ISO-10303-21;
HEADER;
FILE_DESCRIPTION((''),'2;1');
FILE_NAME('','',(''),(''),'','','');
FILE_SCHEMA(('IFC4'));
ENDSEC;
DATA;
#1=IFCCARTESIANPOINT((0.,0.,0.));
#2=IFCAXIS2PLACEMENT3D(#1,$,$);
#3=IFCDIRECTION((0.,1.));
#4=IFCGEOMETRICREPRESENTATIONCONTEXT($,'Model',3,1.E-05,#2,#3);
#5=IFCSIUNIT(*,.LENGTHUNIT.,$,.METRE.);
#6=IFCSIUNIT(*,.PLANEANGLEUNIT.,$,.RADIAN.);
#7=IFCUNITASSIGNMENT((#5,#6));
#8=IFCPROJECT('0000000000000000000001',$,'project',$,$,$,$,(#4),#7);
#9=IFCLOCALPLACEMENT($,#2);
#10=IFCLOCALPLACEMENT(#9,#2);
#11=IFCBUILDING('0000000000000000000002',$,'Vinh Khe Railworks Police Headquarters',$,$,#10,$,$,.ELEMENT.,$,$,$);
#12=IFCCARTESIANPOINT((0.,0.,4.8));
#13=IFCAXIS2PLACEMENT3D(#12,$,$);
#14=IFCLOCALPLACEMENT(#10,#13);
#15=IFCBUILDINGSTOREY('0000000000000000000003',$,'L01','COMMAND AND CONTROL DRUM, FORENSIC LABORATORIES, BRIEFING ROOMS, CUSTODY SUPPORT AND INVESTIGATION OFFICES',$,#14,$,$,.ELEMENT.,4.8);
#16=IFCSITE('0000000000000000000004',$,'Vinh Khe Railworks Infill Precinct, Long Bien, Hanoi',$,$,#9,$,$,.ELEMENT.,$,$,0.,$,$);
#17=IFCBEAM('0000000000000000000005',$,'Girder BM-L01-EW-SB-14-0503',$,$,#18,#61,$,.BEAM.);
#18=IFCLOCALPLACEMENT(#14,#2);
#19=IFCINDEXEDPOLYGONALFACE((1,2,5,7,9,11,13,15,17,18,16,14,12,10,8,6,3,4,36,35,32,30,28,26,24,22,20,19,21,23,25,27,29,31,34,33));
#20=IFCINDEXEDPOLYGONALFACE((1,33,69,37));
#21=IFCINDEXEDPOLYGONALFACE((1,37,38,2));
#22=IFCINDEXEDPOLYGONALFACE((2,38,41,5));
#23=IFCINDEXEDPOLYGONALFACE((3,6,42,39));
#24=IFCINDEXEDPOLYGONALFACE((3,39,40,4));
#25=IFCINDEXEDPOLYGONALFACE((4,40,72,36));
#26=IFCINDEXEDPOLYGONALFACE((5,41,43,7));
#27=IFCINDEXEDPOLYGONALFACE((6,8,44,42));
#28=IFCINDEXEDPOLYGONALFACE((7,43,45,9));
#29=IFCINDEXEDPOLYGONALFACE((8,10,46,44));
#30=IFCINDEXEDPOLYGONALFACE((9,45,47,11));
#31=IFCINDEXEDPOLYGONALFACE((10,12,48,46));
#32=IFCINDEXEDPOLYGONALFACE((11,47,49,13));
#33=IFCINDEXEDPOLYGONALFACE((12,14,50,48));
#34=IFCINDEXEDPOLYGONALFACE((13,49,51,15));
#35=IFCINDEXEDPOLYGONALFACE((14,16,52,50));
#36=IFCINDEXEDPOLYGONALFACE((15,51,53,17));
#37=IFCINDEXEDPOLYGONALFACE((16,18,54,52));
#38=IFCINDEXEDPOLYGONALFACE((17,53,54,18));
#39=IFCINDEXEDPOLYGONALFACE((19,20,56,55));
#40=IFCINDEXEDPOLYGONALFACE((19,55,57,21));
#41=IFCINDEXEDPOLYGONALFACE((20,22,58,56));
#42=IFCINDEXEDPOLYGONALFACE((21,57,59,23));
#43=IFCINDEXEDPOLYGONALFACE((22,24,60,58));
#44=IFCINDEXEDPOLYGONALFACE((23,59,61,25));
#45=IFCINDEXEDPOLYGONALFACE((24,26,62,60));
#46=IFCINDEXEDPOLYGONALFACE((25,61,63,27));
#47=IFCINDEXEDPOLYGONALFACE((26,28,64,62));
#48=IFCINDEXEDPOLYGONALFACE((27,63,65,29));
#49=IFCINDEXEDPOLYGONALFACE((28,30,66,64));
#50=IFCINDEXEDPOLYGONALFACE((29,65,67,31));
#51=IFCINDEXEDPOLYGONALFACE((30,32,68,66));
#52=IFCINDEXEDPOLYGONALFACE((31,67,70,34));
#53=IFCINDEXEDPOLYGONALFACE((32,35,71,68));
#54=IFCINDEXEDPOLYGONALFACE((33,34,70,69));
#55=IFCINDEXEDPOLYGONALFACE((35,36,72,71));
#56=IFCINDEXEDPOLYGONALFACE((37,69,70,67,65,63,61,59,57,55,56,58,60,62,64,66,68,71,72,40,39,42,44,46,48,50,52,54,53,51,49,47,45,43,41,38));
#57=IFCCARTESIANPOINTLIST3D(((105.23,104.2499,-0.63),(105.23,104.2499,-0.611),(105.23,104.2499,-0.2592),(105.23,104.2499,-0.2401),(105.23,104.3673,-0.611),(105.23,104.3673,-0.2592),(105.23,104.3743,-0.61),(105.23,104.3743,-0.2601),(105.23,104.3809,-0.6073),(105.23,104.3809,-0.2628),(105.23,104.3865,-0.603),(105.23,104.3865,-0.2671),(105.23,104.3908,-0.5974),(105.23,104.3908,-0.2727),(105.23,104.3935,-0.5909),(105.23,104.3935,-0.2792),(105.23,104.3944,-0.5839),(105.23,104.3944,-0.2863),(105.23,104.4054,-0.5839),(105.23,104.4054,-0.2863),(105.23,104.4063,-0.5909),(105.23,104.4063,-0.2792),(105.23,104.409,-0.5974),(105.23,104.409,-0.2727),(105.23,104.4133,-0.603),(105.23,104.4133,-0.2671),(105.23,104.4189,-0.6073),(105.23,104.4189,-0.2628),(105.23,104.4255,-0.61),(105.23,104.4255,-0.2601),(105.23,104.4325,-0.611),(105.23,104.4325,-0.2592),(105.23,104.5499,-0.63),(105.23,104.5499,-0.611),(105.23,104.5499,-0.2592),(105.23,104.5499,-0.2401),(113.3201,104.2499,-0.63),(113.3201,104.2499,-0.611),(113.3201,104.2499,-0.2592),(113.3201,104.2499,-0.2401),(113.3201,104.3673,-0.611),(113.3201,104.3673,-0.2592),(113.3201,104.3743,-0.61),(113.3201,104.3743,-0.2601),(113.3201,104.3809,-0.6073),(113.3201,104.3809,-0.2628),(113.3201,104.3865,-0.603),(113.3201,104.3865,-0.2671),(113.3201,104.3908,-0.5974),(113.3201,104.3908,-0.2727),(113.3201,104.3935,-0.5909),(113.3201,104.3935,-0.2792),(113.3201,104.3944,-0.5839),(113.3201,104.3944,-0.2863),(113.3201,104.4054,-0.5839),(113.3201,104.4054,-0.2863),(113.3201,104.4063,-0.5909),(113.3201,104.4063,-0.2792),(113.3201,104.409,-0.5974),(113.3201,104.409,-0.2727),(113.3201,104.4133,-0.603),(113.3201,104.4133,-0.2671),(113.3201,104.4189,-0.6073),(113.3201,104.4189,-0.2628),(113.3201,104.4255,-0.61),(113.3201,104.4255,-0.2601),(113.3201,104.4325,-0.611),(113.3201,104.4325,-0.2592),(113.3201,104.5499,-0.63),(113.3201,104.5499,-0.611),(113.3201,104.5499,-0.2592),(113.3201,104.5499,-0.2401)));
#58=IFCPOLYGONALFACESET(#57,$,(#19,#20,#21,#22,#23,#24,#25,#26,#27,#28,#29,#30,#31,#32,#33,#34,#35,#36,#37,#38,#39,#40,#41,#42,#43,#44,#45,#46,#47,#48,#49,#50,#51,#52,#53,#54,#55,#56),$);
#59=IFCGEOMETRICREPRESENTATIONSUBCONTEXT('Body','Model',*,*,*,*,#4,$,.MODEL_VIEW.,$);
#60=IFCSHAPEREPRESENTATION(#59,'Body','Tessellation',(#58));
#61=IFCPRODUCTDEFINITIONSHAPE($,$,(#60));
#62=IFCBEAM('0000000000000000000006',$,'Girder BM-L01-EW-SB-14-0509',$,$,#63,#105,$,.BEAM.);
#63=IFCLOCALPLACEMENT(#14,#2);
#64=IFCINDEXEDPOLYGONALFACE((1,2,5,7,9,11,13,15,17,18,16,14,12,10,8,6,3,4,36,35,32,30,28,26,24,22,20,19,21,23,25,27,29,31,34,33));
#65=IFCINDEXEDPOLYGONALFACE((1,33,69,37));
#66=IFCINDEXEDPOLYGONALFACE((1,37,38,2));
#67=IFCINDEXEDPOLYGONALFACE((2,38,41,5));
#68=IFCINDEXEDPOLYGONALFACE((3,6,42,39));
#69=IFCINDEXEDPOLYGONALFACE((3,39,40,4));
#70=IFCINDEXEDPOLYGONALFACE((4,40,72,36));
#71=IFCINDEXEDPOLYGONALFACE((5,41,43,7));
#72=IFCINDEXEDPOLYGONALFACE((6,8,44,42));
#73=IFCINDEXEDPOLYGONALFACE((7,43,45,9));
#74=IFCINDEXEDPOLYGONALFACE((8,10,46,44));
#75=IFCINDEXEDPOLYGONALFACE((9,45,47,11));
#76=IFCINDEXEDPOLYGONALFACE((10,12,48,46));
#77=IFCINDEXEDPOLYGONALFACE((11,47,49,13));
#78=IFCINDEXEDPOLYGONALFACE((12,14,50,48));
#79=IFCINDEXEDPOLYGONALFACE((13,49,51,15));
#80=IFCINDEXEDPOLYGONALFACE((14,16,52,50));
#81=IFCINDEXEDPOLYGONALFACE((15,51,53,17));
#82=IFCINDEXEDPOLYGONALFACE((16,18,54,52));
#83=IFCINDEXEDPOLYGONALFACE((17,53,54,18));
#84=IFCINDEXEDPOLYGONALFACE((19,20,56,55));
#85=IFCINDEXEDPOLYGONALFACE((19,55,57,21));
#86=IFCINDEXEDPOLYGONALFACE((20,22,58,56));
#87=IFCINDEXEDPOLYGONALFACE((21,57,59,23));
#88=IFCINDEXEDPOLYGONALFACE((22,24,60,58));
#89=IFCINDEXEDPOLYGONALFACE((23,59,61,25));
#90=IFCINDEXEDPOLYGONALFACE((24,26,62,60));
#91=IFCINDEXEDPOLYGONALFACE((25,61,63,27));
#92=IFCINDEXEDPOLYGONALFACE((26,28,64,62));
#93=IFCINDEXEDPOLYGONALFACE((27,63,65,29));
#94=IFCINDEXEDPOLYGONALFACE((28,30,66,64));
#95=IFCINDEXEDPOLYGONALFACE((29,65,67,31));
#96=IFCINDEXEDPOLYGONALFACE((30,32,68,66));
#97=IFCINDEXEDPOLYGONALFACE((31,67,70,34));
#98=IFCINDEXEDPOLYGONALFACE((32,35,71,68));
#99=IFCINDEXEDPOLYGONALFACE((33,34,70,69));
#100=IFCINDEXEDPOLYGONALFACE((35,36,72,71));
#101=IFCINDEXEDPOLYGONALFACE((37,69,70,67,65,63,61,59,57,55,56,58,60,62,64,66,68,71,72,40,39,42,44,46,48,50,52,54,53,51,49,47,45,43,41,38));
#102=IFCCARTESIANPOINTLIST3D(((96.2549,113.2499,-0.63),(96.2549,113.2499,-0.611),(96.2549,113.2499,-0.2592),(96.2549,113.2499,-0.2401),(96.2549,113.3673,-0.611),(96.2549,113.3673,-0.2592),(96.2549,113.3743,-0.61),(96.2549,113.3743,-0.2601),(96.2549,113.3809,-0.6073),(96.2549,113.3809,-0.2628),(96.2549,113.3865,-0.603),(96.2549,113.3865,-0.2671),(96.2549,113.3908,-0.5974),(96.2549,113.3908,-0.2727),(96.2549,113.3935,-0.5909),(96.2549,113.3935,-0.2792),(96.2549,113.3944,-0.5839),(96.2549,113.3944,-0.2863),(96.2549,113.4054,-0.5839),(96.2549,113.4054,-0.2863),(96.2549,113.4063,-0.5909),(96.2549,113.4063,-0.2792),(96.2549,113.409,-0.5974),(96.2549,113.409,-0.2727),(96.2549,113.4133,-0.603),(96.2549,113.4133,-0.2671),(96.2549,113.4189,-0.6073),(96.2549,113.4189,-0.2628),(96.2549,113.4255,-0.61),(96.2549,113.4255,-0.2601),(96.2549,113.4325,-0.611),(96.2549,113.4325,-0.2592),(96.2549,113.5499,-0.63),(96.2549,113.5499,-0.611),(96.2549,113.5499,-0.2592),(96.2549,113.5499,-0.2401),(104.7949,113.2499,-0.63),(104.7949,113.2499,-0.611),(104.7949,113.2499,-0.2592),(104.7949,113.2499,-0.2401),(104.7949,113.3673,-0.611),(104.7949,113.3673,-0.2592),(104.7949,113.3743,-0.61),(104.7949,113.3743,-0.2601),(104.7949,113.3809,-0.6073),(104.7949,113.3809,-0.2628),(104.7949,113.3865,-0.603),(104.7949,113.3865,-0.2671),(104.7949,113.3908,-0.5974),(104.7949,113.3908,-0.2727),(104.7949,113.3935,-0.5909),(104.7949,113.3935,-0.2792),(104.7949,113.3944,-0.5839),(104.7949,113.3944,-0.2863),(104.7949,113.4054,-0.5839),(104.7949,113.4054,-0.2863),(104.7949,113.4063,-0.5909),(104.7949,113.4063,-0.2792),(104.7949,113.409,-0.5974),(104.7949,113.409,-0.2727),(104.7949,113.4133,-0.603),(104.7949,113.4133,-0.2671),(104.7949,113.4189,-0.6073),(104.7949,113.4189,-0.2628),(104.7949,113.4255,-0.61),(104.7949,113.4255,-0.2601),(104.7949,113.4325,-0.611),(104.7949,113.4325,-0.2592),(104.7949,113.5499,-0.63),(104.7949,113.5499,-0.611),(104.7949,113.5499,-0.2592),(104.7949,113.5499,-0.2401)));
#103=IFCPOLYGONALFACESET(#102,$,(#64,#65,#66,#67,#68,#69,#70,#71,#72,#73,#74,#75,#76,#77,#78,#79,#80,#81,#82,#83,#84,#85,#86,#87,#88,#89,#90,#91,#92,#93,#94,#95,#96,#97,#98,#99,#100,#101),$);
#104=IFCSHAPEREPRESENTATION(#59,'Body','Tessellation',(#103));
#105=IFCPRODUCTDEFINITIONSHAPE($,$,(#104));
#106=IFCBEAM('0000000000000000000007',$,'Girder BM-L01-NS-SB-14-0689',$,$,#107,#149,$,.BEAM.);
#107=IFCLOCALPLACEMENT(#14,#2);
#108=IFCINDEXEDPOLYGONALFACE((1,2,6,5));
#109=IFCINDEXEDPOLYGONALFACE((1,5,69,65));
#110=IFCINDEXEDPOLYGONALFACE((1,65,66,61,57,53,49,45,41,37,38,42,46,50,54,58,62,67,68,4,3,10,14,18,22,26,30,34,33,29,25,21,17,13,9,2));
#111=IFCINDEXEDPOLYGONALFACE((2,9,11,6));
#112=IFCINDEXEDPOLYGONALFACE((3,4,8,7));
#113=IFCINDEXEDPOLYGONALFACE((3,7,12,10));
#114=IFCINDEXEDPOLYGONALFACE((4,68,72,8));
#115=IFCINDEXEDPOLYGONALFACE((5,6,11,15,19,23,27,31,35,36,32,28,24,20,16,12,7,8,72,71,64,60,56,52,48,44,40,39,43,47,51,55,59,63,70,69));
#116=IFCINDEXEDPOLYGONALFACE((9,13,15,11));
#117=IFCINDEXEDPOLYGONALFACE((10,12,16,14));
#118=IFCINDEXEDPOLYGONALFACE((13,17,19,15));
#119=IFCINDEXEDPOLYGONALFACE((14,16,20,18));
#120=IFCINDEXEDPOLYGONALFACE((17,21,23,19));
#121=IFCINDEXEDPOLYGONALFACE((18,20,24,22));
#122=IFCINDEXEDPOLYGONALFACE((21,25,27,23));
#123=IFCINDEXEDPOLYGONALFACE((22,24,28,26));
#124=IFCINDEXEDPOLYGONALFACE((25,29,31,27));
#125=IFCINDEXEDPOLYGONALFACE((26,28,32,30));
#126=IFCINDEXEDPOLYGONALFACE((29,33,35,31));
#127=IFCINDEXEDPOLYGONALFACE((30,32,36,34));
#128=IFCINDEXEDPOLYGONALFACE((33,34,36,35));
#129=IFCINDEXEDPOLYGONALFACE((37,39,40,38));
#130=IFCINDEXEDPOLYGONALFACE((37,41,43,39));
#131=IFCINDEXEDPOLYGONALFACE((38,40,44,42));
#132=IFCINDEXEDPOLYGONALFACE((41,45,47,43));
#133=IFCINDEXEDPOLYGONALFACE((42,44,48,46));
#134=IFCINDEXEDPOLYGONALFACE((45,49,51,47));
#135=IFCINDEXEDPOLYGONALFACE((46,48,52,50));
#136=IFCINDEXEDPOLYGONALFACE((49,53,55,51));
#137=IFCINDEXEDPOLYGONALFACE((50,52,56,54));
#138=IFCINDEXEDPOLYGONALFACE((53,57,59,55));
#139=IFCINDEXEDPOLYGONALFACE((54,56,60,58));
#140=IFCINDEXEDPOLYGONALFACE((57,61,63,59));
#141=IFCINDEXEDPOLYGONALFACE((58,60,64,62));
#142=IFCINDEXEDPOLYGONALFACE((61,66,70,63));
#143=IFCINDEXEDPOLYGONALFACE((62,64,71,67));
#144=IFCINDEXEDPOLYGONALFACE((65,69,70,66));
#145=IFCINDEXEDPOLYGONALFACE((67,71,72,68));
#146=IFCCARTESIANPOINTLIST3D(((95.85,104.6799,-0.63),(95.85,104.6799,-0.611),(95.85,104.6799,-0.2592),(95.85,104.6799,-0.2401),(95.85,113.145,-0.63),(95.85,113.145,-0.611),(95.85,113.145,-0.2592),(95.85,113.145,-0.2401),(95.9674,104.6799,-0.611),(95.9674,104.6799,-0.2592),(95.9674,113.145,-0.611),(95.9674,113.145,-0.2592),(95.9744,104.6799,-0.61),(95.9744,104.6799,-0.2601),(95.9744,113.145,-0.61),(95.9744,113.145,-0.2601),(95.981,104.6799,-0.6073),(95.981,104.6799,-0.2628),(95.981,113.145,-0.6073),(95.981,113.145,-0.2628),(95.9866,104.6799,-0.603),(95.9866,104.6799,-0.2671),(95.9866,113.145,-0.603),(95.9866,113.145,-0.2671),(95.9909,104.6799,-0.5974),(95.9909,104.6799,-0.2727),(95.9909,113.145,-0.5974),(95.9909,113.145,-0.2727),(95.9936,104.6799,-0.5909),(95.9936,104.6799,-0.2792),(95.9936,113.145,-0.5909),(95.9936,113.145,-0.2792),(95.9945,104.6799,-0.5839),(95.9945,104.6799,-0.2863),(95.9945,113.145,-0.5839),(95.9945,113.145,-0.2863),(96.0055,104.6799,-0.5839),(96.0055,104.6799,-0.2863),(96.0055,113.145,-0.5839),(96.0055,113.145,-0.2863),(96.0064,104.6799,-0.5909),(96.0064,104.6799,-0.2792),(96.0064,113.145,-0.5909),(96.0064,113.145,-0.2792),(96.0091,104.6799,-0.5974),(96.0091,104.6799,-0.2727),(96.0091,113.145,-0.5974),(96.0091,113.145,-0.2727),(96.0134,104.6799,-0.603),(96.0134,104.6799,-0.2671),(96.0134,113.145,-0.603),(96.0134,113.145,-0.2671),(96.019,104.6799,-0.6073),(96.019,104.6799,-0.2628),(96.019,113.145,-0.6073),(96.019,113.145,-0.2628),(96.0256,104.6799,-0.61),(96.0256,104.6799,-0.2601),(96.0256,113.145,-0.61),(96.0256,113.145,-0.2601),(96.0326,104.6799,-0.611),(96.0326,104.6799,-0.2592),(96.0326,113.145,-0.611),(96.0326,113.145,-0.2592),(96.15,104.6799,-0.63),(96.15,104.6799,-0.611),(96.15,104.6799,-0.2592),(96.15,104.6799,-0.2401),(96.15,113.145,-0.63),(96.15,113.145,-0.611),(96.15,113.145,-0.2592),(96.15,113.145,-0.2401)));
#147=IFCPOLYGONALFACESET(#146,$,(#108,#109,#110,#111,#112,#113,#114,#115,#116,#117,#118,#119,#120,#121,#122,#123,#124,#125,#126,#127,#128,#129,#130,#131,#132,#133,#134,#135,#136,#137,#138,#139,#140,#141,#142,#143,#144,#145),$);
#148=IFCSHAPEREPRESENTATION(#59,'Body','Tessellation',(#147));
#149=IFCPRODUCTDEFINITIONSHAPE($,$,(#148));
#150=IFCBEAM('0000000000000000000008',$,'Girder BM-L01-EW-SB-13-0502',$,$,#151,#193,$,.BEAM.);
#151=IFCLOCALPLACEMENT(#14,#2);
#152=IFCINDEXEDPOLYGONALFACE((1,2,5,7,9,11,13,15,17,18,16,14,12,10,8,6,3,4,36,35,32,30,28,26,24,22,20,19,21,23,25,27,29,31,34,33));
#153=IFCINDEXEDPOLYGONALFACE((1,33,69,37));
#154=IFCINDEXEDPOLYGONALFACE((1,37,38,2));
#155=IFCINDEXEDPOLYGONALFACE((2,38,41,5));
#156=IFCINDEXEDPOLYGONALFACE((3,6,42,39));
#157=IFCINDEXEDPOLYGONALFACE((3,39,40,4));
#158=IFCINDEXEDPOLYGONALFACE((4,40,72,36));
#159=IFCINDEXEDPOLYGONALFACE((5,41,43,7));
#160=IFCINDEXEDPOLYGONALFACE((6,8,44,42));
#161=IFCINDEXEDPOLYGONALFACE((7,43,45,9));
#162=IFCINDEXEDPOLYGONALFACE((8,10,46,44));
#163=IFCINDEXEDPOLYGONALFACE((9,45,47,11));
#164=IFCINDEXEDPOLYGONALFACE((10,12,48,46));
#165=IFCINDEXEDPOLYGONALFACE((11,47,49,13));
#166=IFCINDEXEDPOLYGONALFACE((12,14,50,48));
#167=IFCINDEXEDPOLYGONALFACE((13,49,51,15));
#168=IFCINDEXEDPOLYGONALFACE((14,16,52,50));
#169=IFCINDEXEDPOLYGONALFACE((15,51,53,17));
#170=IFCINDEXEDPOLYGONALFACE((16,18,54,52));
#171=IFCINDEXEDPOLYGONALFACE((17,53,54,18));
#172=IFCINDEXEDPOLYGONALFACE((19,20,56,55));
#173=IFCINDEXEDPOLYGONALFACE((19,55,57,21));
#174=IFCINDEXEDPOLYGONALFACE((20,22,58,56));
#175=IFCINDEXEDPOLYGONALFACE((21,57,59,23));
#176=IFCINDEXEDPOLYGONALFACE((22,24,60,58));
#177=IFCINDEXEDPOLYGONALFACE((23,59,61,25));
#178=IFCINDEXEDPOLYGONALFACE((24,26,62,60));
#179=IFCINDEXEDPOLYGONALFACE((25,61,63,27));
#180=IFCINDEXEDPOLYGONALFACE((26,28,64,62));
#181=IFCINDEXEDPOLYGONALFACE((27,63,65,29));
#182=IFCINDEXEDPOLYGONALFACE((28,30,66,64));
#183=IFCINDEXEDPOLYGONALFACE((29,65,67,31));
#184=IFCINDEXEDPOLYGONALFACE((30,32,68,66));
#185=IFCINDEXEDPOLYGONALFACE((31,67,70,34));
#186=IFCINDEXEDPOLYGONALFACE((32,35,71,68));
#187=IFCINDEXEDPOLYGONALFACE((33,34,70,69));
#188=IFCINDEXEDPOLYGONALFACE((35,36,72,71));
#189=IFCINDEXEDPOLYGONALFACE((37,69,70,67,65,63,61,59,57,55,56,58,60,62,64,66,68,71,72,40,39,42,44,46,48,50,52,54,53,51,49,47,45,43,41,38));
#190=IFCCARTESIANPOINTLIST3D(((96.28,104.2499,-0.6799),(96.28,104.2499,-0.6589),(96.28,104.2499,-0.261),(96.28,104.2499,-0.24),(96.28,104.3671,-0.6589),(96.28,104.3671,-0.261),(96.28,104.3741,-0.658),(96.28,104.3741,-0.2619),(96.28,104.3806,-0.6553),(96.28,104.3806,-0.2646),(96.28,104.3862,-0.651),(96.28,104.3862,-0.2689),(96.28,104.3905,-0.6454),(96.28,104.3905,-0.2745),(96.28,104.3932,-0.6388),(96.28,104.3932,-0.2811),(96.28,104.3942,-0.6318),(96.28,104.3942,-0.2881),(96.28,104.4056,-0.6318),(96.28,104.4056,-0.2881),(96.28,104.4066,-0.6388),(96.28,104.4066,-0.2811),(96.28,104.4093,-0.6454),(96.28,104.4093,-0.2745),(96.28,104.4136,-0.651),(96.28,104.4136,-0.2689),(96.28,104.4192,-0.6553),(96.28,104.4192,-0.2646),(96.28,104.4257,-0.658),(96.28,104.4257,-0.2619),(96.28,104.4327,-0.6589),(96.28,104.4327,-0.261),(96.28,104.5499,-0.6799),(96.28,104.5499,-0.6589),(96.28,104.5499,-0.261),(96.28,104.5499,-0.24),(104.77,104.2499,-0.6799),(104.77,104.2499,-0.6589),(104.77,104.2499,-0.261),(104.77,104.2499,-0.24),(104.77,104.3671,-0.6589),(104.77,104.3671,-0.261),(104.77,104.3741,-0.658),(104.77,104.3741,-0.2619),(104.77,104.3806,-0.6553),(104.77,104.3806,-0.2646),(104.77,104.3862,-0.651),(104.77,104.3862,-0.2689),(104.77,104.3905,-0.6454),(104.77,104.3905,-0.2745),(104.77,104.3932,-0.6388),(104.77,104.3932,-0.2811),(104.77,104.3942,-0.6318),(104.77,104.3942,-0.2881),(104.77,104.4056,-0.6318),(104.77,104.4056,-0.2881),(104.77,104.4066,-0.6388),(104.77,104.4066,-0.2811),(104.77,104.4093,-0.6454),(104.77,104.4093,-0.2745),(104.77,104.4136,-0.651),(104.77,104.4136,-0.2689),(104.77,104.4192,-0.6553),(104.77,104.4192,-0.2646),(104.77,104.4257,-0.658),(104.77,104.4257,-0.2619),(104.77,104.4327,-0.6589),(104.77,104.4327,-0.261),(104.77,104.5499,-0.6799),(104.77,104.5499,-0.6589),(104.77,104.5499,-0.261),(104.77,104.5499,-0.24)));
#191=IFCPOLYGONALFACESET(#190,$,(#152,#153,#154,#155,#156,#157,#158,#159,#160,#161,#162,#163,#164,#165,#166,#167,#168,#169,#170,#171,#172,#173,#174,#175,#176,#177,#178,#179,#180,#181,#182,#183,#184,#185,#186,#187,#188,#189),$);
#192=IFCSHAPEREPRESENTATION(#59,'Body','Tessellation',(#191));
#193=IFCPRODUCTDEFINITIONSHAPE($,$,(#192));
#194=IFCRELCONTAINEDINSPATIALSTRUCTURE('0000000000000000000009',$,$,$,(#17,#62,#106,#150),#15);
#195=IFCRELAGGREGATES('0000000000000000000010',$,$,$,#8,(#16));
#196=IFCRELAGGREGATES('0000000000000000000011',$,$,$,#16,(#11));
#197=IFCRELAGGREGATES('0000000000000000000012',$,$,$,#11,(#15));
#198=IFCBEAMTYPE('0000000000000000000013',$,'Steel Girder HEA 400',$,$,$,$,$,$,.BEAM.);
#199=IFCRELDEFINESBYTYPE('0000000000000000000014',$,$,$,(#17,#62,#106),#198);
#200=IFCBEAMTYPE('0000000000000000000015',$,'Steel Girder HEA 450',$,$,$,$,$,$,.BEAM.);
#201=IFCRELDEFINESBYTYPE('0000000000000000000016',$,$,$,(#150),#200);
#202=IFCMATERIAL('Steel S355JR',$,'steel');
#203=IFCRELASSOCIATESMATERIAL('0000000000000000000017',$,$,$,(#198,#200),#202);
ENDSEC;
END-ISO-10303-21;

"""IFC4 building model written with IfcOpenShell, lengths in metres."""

from ifc_helpers import new_model, si_unit, direction, frame, origin, origin_2d, place, context, subcontext, project, spatial, i_section, extrude, material, material_profile, profile_set, type_object, element, save


model = new_model("IFC4")

# Units and contexts
model_context = context("Model", 3, precision=1e-05, world=origin(), true_north=direction((0.0, 1.0)))
body_context = subcontext(model_context, "Body", "Model", "MODEL_VIEW")
ifc_project = project(units=[si_unit("LENGTHUNIT", "METRE"), si_unit("PLANEANGLEUNIT", "RADIAN")], contexts=[model_context])

# Site, building, storey
site_placement = place(None, origin())
site = spatial("IfcSite", under=ifc_project, at=site_placement, Name="Vinh Khe Railworks Infill Precinct, Long Bien, Hanoi", CompositionType="ELEMENT", RefElevation=0.0)
building_placement = place(site_placement, origin())
building = spatial("IfcBuilding", under=site, at=building_placement, Name="Vinh Khe Railworks Police Headquarters", CompositionType="ELEMENT")
storey_placement = place(building_placement, frame((0.0, 0.0, 4.8)))
storey = spatial("IfcBuildingStorey", under=building, at=storey_placement, Name="L01", Description="COMMAND AND CONTROL DRUM, FORENSIC LABORATORIES, BRIEFING ROOMS, CUSTODY SUPPORT AND INVESTIGATION OFFICES", CompositionType="ELEMENT", Elevation=4.8)

# Shared definitions
ifc_material_1 = material(Name="Steel S355JR", Category="steel")

# Beams
ifc_material_profile_1 = material_profile(ifc_material_1, i_section(OverallWidth=0.3, OverallDepth=0.3899, WebThickness=0.011, FlangeThickness=0.019, FilletRadius=0.0271, at=origin_2d()), Name="HEA 400")
ifc_profile_set_1 = profile_set([ifc_material_profile_1], Name="Steel S355JR")
beam_type_1 = type_object("IfcBeamType", Name="Steel Girder HEA 400", PredefinedType="BEAM", material=ifc_profile_set_1)
beam_1_placement = place(storey_placement, frame((105.23, 104.3999, -0.4351), z_axis=(1.0, 0.0, 0.0), x_axis=(0.0, 1.0, 0.0)))
element("IfcBeam", 1, at=beam_1_placement, inside=storey, type_object=beam_type_1, Name="Girder BM-L01-EW-SB-14-0503", PredefinedType="BEAM", context=body_context, shape_type="SweptSolid", body=[
    extrude(i_section(OverallWidth=0.3, OverallDepth=0.3899, WebThickness=0.011, FlangeThickness=0.019, FilletRadius=0.0271, at=origin_2d()), origin(), (0.0, 0.0, 1.0), 8.0901),
])
beam_2_placement = place(storey_placement, frame((96.2549, 113.3999, -0.4351), z_axis=(1.0, 0.0, 0.0), x_axis=(0.0, 1.0, 0.0)))
element("IfcBeam", 2, at=beam_2_placement, inside=storey, type_object=beam_type_1, Name="Girder BM-L01-EW-SB-14-0509", PredefinedType="BEAM", context=body_context, shape_type="SweptSolid", body=[
    extrude(i_section(OverallWidth=0.3, OverallDepth=0.3899, WebThickness=0.011, FlangeThickness=0.019, FilletRadius=0.0271, at=origin_2d()), origin(), (0.0, 0.0, 1.0), 8.54),
])
beam_3_placement = place(storey_placement, frame((96.0, 104.6799, -0.4351), z_axis=(0.0, 1.0, 0.0), x_axis=(-1.0, 0.0, 0.0)))
element("IfcBeam", 3, at=beam_3_placement, inside=storey, type_object=beam_type_1, Name="Girder BM-L01-NS-SB-14-0689", PredefinedType="BEAM", context=body_context, shape_type="SweptSolid", body=[
    extrude(i_section(OverallWidth=0.3, OverallDepth=0.3899, WebThickness=0.011, FlangeThickness=0.019, FilletRadius=0.0271, at=origin_2d()), origin(), (0.0, 0.0, 1.0), 8.4651),
])
ifc_material_profile_2 = material_profile(ifc_material_1, i_section(OverallWidth=0.3, OverallDepth=0.4399, WebThickness=0.0115, FlangeThickness=0.021, FilletRadius=0.0271, at=origin_2d()), Name="HEA 450")
ifc_profile_set_2 = profile_set([ifc_material_profile_2], Name="Steel S355JR")
beam_type_2 = type_object("IfcBeamType", Name="Steel Girder HEA 450", PredefinedType="BEAM", material=ifc_profile_set_2)
beam_4_placement = place(storey_placement, frame((96.28, 104.3999, -0.46), z_axis=(1.0, 0.0, 0.0), x_axis=(0.0, 1.0, 0.0)))
element("IfcBeam", 4, at=beam_4_placement, inside=storey, type_object=beam_type_2, Name="Girder BM-L01-EW-SB-13-0502", PredefinedType="BEAM", context=body_context, shape_type="SweptSolid", body=[
    extrude(i_section(OverallWidth=0.3, OverallDepth=0.4399, WebThickness=0.0115, FlangeThickness=0.021, FilletRadius=0.0271, at=origin_2d()), origin(), (0.0, 0.0, 1.0), 8.49),
])

save(model, "model.ifc")
